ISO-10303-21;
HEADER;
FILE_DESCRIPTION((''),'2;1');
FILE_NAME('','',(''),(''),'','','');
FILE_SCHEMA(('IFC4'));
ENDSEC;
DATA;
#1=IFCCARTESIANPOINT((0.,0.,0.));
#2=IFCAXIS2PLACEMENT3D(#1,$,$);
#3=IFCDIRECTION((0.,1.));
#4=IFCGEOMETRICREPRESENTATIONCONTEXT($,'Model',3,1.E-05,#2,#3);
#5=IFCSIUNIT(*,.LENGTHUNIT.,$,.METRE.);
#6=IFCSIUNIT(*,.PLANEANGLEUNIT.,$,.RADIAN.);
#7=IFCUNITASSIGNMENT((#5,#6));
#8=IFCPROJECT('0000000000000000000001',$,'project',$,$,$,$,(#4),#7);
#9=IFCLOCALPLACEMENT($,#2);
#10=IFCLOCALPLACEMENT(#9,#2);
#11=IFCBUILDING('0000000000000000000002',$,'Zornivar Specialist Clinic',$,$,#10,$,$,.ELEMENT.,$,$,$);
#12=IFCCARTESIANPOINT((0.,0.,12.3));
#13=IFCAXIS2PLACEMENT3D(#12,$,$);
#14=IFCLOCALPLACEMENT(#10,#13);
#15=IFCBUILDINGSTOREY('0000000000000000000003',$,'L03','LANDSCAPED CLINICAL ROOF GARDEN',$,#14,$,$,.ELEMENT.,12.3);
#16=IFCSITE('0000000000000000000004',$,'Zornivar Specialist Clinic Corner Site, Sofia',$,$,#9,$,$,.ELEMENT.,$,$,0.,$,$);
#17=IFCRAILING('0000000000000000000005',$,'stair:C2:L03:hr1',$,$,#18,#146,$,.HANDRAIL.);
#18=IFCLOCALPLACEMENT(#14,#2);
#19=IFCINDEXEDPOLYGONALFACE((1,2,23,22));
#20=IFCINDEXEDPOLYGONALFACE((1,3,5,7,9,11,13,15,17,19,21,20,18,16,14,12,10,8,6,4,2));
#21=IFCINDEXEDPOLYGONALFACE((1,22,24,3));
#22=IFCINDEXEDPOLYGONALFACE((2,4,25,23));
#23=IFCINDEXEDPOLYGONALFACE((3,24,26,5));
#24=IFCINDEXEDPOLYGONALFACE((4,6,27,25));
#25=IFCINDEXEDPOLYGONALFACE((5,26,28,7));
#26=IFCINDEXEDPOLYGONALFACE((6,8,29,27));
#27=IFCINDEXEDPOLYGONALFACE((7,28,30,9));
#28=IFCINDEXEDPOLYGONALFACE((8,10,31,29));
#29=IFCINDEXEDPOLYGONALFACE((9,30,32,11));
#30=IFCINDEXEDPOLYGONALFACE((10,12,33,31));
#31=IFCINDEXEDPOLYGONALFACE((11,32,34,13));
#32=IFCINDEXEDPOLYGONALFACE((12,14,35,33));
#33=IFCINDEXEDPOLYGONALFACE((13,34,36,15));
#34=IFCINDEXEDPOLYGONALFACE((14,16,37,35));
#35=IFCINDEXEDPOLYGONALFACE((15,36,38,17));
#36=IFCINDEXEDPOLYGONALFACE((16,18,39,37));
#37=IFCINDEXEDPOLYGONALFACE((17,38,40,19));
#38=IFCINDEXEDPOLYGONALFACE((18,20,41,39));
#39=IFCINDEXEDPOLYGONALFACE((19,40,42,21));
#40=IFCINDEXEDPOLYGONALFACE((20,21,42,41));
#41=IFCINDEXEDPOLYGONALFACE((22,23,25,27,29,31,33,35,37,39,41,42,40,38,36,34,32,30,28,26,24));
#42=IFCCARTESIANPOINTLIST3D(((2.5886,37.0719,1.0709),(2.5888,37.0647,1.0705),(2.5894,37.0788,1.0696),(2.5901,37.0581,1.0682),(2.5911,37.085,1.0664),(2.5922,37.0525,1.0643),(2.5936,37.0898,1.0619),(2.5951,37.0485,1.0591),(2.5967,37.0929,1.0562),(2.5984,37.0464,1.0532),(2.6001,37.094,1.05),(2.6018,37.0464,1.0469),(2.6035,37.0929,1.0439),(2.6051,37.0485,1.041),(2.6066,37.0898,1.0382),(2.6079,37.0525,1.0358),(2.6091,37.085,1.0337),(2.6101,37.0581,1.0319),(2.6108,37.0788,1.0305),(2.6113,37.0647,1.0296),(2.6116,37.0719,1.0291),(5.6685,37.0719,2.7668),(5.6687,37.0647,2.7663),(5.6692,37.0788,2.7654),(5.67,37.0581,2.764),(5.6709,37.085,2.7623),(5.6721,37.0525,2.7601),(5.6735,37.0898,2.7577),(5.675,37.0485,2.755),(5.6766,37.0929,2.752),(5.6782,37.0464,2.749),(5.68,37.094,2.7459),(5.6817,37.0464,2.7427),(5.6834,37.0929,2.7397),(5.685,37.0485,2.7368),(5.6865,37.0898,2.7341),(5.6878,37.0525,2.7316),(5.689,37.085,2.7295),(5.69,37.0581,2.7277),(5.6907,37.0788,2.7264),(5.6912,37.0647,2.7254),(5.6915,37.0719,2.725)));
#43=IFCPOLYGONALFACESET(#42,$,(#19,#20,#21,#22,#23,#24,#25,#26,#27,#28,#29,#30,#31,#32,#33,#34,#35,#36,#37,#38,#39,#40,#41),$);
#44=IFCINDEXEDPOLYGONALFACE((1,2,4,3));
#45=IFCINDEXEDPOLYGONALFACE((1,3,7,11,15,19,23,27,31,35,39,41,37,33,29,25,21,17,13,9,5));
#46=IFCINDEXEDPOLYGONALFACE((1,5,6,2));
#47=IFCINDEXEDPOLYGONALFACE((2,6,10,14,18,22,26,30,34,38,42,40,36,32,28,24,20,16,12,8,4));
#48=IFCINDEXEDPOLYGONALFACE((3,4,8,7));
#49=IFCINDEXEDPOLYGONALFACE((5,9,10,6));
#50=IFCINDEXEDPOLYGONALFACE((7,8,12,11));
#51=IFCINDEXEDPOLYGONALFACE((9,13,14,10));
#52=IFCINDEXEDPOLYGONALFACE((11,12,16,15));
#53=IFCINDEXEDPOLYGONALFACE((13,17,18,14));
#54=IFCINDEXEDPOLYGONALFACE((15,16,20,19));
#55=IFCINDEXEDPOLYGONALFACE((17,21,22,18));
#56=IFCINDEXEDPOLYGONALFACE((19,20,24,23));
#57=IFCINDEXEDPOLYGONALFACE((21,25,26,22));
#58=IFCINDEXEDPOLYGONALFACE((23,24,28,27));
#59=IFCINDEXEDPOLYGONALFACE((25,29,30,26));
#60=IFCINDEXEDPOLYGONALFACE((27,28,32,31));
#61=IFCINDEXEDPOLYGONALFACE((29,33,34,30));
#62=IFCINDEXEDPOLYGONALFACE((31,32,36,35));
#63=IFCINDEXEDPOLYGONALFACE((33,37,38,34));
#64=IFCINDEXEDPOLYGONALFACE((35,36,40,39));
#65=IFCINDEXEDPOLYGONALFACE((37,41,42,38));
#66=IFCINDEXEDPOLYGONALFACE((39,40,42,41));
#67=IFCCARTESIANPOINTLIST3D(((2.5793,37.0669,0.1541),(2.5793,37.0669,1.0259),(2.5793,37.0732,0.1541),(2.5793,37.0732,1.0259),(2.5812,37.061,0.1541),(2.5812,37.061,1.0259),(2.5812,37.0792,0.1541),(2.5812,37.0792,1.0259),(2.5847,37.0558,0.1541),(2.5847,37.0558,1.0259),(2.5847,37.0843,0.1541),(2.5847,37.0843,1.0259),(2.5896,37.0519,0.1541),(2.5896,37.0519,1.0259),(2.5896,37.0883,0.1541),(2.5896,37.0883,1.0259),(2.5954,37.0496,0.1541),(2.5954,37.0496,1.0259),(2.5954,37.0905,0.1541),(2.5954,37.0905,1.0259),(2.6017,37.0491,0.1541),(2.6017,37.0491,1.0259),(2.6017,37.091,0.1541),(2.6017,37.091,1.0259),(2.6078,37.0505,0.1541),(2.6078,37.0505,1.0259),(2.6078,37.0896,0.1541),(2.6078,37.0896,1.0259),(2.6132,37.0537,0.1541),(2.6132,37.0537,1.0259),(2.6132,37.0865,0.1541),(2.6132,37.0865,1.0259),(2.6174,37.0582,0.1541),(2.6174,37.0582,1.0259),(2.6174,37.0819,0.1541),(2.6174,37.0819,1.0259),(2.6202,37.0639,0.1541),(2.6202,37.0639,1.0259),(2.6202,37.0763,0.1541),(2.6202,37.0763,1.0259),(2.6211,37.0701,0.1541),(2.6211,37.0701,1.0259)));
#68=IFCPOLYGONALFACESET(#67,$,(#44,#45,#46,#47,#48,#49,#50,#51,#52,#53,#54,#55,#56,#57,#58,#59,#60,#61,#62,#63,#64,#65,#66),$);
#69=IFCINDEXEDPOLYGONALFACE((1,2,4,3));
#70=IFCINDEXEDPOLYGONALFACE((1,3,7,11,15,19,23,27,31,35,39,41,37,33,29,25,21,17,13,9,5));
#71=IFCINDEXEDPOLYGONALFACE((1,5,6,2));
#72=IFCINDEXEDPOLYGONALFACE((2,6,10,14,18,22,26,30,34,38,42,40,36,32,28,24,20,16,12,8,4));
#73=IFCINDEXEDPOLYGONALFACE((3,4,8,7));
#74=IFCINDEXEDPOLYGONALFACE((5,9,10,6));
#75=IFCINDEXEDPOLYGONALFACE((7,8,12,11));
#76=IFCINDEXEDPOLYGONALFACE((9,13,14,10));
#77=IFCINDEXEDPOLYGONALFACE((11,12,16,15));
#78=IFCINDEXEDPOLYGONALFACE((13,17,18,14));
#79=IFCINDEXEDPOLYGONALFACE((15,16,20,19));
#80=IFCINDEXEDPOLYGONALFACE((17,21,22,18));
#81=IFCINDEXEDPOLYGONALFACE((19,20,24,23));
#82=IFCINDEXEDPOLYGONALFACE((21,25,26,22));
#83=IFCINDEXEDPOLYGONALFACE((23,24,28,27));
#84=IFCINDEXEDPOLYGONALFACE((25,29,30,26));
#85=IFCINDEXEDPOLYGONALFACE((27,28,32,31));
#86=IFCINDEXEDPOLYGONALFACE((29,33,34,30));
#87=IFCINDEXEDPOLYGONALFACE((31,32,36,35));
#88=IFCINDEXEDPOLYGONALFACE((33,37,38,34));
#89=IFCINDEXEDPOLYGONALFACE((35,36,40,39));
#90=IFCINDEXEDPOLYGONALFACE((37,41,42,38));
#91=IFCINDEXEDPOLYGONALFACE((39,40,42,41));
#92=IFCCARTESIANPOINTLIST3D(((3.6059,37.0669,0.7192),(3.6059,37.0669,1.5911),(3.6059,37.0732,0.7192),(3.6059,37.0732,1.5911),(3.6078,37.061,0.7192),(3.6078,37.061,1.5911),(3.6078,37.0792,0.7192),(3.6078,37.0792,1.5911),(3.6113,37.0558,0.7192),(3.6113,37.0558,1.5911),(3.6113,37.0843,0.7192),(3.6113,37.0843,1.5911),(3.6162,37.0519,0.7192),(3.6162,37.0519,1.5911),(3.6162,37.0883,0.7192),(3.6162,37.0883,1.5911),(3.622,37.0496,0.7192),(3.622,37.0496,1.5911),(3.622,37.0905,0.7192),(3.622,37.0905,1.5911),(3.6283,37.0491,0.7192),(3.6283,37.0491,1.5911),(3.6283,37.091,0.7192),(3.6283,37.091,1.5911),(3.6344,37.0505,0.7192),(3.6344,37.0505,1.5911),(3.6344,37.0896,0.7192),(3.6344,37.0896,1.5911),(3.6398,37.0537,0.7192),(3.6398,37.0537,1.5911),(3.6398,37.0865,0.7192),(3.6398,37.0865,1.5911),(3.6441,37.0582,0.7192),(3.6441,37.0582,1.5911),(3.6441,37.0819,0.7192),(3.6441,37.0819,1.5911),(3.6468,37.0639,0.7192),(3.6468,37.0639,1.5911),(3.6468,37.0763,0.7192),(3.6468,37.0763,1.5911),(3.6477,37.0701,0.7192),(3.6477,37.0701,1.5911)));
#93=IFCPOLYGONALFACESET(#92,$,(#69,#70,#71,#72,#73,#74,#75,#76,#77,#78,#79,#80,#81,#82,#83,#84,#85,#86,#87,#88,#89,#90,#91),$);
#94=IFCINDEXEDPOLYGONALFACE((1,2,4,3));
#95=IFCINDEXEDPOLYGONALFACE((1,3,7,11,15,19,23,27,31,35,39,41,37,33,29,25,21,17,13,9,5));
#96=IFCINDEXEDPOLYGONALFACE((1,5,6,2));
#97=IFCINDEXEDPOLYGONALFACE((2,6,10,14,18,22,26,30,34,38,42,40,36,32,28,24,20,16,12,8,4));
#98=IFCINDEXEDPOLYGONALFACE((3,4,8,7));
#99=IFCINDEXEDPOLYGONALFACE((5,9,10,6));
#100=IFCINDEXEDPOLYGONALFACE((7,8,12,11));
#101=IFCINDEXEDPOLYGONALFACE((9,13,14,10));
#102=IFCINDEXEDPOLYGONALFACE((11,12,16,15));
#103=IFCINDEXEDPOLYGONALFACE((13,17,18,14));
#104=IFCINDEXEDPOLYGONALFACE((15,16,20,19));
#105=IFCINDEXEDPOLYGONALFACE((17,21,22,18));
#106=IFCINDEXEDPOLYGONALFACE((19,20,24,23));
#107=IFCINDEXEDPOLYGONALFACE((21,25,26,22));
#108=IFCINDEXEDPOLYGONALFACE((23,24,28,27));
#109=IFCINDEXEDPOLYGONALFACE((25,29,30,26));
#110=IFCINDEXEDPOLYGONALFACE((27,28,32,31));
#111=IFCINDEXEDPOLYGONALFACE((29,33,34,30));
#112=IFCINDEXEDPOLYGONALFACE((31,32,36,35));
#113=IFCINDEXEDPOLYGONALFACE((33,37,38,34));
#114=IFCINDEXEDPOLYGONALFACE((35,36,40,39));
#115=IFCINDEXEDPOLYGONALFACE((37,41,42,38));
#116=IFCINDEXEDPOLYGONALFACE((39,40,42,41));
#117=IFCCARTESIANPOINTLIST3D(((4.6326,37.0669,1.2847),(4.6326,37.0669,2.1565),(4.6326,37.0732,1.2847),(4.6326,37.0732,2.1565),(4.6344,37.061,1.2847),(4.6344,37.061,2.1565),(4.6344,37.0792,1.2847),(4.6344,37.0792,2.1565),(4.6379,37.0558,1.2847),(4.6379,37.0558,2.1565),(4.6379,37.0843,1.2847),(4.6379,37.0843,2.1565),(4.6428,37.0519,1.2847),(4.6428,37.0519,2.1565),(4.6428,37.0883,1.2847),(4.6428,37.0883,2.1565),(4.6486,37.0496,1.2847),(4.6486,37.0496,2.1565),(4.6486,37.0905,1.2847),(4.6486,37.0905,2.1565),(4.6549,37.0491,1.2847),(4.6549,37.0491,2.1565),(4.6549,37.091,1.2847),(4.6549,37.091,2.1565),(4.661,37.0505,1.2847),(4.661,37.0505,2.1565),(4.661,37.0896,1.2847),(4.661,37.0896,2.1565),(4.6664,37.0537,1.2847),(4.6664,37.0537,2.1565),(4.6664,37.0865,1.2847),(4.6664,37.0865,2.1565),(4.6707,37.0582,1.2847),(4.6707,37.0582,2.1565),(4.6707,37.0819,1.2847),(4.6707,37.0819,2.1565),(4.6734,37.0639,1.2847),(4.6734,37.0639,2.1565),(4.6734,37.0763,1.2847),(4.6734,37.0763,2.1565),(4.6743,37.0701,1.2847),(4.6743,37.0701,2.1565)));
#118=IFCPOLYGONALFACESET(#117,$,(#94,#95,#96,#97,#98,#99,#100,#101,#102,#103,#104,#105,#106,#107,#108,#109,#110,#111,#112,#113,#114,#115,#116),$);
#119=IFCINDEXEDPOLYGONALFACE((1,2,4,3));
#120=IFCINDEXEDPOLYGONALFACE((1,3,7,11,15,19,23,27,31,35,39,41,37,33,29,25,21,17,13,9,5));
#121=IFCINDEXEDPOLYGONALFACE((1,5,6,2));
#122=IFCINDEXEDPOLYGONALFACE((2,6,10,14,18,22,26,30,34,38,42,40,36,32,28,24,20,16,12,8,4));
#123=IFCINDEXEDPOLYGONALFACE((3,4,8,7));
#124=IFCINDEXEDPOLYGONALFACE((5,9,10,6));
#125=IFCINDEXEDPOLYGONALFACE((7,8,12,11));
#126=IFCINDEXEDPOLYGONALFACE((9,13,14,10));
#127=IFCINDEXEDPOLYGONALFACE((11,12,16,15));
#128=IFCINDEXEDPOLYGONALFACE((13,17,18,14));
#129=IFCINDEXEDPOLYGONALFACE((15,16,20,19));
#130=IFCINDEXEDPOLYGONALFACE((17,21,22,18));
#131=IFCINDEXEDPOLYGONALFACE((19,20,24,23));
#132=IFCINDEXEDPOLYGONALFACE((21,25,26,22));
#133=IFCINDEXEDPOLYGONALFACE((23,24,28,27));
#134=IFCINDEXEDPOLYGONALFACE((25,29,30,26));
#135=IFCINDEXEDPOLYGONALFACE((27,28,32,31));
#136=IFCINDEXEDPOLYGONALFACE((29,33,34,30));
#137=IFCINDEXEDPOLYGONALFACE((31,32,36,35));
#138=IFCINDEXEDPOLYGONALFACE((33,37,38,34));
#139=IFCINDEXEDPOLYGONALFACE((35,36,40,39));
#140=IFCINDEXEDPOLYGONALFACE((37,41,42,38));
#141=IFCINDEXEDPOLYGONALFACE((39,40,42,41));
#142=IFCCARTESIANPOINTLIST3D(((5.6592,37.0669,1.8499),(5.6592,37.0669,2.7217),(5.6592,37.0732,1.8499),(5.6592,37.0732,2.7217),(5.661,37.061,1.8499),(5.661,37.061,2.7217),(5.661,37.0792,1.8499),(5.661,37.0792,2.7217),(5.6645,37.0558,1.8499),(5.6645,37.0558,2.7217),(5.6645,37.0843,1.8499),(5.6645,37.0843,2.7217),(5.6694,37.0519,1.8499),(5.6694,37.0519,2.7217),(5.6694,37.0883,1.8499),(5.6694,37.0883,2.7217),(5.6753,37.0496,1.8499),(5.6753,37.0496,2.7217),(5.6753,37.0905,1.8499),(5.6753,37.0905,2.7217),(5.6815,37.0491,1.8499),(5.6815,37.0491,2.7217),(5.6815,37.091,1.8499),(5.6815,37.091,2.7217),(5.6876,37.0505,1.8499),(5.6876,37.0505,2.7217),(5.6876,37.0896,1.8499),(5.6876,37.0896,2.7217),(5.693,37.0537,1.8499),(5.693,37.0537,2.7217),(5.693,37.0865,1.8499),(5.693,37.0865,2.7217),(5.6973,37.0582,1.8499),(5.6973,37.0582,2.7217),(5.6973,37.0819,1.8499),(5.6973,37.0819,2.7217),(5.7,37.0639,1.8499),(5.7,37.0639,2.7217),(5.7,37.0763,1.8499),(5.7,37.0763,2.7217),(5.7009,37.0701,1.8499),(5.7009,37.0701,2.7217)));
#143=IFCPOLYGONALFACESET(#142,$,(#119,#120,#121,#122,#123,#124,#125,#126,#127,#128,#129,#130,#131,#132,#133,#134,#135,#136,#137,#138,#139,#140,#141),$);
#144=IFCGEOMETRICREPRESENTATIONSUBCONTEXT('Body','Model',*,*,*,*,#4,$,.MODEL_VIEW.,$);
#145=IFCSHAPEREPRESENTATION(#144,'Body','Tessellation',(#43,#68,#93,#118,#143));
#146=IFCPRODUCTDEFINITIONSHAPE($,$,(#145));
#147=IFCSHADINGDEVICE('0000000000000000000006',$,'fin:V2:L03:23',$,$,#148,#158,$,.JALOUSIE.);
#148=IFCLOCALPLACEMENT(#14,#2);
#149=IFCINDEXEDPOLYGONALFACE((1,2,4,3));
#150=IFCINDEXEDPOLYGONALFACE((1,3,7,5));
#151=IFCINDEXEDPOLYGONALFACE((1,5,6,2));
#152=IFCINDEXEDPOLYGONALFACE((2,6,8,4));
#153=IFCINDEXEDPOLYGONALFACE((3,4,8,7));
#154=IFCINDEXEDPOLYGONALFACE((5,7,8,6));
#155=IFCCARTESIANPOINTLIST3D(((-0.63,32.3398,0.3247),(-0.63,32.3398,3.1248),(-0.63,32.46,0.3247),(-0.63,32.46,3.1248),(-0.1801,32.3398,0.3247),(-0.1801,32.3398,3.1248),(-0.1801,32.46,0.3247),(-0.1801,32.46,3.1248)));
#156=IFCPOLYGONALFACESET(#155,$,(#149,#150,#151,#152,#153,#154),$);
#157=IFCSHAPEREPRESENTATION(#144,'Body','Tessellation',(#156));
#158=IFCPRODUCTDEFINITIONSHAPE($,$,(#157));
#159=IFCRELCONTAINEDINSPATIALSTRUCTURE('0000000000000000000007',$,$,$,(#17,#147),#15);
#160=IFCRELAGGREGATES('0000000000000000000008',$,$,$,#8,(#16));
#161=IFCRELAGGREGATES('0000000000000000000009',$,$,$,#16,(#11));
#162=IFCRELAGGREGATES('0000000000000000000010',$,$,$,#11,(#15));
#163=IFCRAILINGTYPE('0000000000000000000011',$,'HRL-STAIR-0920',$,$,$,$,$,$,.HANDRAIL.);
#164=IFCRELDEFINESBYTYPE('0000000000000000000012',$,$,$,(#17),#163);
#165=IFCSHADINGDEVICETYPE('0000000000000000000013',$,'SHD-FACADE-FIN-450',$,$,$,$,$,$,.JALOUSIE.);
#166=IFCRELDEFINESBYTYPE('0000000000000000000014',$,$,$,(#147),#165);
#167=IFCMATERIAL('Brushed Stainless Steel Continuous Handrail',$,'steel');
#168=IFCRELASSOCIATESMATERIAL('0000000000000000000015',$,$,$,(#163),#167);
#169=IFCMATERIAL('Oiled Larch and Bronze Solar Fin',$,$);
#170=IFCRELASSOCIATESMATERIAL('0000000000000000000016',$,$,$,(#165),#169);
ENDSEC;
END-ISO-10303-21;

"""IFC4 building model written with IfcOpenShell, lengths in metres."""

from ifc_helpers import new_model, si_unit, direction, frame, origin, origin_2d, place, context, subcontext, project, spatial, rectangle, circle, extrude, material, type_object, element, save


model = new_model("IFC4")

# Units and contexts
model_context = context("Model", 3, precision=1e-05, world=origin(), true_north=direction((0.0, 1.0)))
body_context = subcontext(model_context, "Body", "Model", "MODEL_VIEW")
ifc_project = project(units=[si_unit("LENGTHUNIT", "METRE"), si_unit("PLANEANGLEUNIT", "RADIAN")], contexts=[model_context])

# Site, building, storey
site_placement = place(None, origin())
site = spatial("IfcSite", under=ifc_project, at=site_placement, Name="Zornivar Specialist Clinic Corner Site, Sofia", CompositionType="ELEMENT", RefElevation=0.0)
building_placement = place(site_placement, origin())
building = spatial("IfcBuilding", under=site, at=building_placement, Name="Zornivar Specialist Clinic", CompositionType="ELEMENT")
storey_placement = place(building_placement, frame((0.0, 0.0, 12.3)))
storey = spatial("IfcBuildingStorey", under=building, at=storey_placement, Name="L03", Description="LANDSCAPED CLINICAL ROOF GARDEN", CompositionType="ELEMENT", Elevation=12.3)

# Railing
ifc_material_1 = material(Name="Brushed Stainless Steel Continuous Handrail", Category="steel")
railing_type_1 = type_object("IfcRailingType", Name="HRL-STAIR-0920", PredefinedType="HANDRAIL", material=ifc_material_1)
railing_1_placement = place(storey_placement, frame((2.6001, 37.0701, 0.1541)))
element("IfcRailing", 1, at=railing_1_placement, inside=storey, type_object=railing_type_1, Name="stair:C2:L03:hr1", PredefinedType="HANDRAIL", context=body_context, shape_type="SweptSolid", body=[
    extrude(circle(Radius=0.0239, at=origin_2d()), frame((0.0, 0.0, 0.896), z_axis=(0.875989, 0.0, 0.482332), x_axis=(0.0, 1.0, 0.0)), (0.0, 0.0, 1.0), 3.5159),
    extrude(circle(Radius=0.021, at=origin_2d()), origin(), (0.0, 0.0, 1.0), 0.8718),
    extrude(circle(Radius=0.021, at=origin_2d()), frame((1.0266, 0.0, 0.5652)), (0.0, 0.0, 1.0), 0.8718),
    extrude(circle(Radius=0.021, at=origin_2d()), frame((2.0532, 0.0, 1.1306)), (0.0, 0.0, 1.0), 0.8718),
    extrude(circle(Radius=0.021, at=origin_2d()), frame((3.0798, 0.0, 1.6958)), (0.0, 0.0, 1.0), 0.8718),
])

# Shading device
ifc_material_2 = material(Name="Oiled Larch and Bronze Solar Fin")
shading_device_type = type_object("IfcShadingDeviceType", Name="SHD-FACADE-FIN-450", PredefinedType="JALOUSIE", material=ifc_material_2)
shading_device_placement = place(storey_placement, frame((-0.405, 32.3999, 0.3247), z_axis=(0.0, 0.0, 1.0), x_axis=(0.0, -1.0, 0.0)))
element("IfcShadingDevice", 2, at=shading_device_placement, inside=storey, type_object=shading_device_type, Name="fin:V2:L03:23", PredefinedType="JALOUSIE", context=body_context, shape_type="SweptSolid", body=[
    extrude(rectangle(XDim=0.1201, YDim=0.45, at=origin_2d()), origin(), (0.0, 0.0, 1.0), 2.8),
])

save(model, "model.ifc")
